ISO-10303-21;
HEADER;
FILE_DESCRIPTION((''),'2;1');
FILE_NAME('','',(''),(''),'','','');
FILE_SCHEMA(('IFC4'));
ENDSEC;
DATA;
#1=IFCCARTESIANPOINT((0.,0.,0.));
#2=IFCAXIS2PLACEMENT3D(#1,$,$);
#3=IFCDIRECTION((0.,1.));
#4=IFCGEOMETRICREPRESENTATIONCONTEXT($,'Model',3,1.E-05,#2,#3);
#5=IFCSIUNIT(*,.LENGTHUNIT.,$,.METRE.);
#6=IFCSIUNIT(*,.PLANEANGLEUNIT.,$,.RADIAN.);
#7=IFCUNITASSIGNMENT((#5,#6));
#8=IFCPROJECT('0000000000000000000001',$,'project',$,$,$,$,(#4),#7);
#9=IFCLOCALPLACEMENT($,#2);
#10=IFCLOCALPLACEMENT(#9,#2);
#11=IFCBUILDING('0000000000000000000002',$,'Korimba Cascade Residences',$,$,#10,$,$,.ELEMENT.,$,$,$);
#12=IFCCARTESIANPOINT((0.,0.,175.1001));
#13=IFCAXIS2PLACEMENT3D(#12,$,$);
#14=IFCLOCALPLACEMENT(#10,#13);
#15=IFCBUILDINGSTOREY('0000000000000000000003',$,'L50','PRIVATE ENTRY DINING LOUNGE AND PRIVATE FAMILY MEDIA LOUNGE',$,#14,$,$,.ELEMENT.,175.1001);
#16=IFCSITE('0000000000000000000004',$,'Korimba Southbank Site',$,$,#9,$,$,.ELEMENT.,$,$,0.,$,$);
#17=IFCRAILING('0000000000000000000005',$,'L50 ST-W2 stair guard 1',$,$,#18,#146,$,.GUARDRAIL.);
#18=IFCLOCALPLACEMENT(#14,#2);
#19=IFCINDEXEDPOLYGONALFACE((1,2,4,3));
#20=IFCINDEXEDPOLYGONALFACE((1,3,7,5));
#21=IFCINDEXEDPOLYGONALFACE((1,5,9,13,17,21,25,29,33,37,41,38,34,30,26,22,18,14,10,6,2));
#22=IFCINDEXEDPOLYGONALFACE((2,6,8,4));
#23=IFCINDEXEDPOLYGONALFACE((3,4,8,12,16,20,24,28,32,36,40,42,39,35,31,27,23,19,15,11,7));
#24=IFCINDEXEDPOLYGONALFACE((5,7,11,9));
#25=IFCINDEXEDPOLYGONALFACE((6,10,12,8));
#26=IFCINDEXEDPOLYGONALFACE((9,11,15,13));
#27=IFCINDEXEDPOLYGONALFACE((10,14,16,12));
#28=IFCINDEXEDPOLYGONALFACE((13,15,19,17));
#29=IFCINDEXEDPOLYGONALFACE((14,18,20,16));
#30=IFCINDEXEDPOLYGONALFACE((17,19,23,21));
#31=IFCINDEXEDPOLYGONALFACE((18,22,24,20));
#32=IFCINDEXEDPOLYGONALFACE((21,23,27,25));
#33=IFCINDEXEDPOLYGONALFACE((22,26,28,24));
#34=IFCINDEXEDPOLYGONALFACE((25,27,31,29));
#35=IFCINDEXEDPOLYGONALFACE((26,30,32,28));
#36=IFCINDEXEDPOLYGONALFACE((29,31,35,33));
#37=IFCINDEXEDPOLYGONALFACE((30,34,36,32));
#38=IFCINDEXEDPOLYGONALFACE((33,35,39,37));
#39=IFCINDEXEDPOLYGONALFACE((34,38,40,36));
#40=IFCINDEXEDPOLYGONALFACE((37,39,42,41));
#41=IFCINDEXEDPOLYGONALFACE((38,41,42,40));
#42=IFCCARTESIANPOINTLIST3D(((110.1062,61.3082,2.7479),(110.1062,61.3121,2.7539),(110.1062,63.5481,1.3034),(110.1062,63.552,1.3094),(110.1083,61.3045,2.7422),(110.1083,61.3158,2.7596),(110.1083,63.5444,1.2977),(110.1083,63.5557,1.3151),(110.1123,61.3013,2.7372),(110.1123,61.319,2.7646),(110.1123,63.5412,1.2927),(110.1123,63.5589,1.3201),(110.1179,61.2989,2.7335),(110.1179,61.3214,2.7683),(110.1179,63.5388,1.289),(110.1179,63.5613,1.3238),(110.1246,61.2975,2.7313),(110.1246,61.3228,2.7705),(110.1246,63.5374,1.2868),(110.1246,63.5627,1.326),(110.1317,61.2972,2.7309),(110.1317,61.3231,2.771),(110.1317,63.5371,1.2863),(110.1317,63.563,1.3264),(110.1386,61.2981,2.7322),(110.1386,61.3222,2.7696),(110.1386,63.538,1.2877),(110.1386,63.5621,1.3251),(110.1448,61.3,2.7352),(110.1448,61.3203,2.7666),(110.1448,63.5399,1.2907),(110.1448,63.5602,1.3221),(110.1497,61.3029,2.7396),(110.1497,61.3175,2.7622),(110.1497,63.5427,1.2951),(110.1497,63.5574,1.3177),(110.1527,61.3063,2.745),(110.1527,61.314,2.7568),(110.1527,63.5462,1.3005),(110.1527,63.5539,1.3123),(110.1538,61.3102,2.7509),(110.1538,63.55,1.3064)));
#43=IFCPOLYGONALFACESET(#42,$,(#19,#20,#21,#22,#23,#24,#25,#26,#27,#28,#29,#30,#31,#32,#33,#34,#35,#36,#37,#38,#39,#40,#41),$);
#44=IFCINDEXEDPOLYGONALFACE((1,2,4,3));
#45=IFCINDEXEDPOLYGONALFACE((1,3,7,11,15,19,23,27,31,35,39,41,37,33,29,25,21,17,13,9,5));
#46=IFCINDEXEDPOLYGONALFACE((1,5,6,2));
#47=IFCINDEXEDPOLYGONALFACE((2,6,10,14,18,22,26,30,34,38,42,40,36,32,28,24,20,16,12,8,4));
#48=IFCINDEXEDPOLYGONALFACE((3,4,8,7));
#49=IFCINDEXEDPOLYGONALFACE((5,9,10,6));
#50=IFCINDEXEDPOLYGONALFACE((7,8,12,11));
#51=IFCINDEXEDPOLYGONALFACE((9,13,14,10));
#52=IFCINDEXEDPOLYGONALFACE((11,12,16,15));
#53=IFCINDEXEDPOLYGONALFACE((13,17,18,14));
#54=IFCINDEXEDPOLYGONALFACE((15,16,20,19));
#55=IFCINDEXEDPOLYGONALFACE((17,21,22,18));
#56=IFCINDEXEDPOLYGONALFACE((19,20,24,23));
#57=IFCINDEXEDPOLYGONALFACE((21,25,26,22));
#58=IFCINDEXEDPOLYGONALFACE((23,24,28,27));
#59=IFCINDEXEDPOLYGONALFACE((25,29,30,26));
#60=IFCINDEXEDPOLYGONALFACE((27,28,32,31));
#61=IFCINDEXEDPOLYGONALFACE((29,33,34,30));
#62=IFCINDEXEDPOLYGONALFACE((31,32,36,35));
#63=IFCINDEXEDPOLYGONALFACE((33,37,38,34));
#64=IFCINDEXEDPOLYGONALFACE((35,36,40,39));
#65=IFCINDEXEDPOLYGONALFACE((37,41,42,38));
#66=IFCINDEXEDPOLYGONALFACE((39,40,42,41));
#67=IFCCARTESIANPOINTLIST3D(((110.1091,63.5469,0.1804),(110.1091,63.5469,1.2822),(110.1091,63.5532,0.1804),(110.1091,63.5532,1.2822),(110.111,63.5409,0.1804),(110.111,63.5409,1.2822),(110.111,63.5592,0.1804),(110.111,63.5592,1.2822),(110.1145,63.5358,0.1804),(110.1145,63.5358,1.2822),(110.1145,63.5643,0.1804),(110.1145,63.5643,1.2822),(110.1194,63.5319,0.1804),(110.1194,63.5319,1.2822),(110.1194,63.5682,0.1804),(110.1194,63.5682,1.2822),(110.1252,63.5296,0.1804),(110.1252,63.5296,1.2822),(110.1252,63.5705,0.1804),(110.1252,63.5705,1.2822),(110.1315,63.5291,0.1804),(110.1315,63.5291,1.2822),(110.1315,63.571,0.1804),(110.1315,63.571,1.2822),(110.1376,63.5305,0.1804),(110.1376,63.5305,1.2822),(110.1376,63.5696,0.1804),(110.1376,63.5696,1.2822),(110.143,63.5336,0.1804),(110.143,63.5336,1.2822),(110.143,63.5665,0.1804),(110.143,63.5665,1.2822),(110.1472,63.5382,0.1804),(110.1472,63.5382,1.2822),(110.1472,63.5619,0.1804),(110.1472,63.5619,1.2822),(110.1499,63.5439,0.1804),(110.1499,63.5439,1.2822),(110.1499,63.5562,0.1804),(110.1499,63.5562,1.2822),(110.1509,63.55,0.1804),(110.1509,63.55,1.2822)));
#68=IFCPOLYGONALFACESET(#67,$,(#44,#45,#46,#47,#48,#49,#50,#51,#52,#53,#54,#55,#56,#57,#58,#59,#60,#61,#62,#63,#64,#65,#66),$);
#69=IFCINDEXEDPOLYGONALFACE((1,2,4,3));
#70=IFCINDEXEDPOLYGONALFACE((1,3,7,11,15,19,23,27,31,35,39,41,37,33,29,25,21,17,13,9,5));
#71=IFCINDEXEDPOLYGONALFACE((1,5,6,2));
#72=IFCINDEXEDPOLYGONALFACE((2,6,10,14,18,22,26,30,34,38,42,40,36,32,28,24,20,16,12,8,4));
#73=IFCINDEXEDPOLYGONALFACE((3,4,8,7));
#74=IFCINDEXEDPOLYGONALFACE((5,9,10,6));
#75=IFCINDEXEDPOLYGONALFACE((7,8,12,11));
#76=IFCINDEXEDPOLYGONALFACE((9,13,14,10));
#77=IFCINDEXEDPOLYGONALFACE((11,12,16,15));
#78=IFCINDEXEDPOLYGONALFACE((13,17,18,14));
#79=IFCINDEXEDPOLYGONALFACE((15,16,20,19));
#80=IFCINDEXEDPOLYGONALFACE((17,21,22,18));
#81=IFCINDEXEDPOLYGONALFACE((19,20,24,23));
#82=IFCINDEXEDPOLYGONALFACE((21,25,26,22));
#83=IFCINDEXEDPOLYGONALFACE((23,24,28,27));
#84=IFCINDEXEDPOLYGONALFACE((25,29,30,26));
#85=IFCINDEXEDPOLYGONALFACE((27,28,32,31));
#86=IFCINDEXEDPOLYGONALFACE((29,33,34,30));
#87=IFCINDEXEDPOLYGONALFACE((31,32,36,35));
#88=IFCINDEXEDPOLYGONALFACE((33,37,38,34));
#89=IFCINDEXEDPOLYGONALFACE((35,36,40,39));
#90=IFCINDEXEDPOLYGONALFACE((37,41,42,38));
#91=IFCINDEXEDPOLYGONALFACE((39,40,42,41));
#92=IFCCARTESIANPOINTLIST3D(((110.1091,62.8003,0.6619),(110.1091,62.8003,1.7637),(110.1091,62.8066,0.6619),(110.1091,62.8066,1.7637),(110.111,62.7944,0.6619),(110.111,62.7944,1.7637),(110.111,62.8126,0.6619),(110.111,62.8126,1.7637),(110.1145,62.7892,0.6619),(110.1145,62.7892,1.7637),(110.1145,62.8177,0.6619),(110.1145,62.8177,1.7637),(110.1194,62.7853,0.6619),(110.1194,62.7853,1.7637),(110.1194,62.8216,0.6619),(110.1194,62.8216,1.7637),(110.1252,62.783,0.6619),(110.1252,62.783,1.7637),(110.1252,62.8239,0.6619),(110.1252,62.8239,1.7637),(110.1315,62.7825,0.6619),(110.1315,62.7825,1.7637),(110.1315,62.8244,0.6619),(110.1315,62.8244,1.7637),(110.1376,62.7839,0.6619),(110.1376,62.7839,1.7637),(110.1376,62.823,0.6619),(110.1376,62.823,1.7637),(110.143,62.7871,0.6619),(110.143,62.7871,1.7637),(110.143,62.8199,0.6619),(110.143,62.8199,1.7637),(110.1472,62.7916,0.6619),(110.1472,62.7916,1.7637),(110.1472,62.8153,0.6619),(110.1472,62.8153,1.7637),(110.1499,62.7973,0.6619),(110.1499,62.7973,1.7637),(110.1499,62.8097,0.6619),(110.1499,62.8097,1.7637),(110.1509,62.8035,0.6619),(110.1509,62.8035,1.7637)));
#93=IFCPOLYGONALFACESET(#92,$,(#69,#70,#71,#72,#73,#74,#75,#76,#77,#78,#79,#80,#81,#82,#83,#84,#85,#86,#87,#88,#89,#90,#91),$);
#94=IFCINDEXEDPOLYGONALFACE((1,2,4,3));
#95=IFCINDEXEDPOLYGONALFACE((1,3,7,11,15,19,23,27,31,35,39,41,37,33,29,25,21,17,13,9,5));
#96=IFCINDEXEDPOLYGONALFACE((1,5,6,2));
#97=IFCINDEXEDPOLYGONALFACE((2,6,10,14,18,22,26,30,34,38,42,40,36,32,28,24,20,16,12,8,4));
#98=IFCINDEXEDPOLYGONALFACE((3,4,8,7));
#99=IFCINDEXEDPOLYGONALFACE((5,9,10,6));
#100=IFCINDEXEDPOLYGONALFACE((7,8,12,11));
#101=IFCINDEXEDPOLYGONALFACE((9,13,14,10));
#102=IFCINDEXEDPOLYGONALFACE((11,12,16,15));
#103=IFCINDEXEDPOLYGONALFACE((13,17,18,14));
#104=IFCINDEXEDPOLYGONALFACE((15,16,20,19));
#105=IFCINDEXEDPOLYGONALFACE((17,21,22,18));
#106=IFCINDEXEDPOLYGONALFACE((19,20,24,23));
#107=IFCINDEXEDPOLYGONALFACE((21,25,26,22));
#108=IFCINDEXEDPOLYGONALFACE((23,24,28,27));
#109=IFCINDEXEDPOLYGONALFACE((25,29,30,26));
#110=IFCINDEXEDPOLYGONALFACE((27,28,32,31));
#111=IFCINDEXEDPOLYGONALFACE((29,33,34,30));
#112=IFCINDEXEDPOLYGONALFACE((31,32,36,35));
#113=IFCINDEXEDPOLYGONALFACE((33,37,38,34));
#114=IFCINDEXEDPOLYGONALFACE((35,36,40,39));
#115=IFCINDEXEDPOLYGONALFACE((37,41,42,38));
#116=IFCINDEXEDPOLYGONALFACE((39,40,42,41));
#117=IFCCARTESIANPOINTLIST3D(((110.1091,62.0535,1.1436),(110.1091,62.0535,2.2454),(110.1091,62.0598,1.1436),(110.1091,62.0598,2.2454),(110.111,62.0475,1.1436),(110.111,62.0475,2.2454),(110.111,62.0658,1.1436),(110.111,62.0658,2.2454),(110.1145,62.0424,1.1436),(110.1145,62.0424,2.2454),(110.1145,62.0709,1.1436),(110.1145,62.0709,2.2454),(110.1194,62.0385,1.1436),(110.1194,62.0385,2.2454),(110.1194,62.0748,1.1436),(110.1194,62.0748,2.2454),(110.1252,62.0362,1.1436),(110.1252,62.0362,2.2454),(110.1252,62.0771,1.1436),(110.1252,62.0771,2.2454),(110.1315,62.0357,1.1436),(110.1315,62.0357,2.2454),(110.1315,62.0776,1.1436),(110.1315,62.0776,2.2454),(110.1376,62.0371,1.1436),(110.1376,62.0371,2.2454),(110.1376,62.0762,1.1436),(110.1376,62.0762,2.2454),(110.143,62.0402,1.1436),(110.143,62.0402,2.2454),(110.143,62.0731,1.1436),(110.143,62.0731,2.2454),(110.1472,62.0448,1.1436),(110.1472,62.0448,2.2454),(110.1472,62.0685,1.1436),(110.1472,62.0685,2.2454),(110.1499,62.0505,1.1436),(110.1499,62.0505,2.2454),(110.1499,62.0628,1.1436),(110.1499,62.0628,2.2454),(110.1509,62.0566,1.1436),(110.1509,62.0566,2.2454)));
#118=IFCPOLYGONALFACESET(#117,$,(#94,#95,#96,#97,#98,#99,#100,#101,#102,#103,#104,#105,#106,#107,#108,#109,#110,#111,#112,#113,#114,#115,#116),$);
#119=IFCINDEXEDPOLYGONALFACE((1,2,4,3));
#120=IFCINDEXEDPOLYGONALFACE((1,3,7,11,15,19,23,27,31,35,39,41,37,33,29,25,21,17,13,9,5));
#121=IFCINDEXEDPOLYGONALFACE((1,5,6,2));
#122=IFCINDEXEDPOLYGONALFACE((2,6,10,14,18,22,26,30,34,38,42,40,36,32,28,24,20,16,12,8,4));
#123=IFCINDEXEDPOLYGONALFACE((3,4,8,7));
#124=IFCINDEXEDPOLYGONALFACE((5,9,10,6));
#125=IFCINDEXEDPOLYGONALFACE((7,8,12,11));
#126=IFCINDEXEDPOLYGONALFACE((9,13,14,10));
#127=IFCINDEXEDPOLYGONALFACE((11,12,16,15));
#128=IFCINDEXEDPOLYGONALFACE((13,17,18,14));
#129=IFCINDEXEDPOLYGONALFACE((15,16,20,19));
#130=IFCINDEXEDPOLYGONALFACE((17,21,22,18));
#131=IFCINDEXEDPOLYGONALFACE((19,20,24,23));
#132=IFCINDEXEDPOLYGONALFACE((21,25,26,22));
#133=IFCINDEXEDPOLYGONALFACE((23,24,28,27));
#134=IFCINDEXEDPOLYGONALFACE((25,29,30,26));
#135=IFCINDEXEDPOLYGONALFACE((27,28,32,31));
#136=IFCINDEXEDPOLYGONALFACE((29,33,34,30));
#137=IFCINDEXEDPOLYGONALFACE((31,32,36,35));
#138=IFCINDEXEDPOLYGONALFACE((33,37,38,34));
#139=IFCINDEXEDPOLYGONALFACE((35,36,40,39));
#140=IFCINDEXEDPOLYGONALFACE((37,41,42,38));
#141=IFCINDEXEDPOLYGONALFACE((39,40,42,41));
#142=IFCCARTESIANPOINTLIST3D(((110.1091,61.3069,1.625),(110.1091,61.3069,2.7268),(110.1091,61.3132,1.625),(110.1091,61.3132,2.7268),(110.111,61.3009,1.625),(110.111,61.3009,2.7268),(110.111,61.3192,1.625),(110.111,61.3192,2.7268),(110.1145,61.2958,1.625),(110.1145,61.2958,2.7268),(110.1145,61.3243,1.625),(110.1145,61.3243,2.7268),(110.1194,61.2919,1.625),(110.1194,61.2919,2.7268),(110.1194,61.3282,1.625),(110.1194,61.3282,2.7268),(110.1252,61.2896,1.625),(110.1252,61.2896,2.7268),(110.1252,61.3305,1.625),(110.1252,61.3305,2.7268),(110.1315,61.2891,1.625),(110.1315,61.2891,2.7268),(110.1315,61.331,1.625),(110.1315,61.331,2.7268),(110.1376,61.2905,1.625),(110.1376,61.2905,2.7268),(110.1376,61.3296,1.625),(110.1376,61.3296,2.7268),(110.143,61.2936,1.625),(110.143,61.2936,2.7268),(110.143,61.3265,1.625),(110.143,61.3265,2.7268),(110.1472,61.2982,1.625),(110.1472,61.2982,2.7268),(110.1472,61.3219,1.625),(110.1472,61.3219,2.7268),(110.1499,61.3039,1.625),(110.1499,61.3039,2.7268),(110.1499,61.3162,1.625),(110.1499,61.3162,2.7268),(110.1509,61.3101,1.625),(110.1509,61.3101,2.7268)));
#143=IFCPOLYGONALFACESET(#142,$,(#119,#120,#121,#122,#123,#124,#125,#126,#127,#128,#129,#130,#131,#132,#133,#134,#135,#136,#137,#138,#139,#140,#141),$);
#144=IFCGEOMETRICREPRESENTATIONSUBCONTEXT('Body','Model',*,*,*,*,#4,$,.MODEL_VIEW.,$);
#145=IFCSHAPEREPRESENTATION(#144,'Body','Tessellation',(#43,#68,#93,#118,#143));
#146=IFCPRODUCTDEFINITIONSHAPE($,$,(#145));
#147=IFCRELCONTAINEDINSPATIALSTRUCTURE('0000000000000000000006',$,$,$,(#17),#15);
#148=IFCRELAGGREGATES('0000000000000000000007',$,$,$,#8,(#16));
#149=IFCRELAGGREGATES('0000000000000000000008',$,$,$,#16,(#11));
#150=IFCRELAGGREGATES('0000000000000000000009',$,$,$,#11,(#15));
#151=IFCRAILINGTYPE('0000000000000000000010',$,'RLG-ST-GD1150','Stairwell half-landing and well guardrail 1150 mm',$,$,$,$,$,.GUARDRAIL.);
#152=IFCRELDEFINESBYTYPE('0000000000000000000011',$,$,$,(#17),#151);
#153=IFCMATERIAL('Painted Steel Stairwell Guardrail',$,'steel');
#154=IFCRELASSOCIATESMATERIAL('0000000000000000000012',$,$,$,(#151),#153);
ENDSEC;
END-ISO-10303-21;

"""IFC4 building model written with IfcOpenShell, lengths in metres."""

from ifc_helpers import new_model, si_unit, direction, frame, origin, origin_2d, place, context, subcontext, project, spatial, circle, extrude, material, type_object, element, save


model = new_model("IFC4")

# Units and contexts
model_context = context("Model", 3, precision=1e-05, world=origin(), true_north=direction((0.0, 1.0)))
body_context = subcontext(model_context, "Body", "Model", "MODEL_VIEW")
ifc_project = project(units=[si_unit("LENGTHUNIT", "METRE"), si_unit("PLANEANGLEUNIT", "RADIAN")], contexts=[model_context])

# Site, building, storey
site_placement = place(None, origin())
site = spatial("IfcSite", under=ifc_project, at=site_placement, Name="Korimba Southbank Site", CompositionType="ELEMENT", RefElevation=0.0)
building_placement = place(site_placement, origin())
building = spatial("IfcBuilding", under=site, at=building_placement, Name="Korimba Cascade Residences", CompositionType="ELEMENT")
storey_placement = place(building_placement, frame((0.0, 0.0, 175.1001)))
storey = spatial("IfcBuildingStorey", under=building, at=storey_placement, Name="L50", Description="PRIVATE ENTRY DINING LOUNGE AND PRIVATE FAMILY MEDIA LOUNGE", CompositionType="ELEMENT", Elevation=175.1001)

# Railing
ifc_material_1 = material(Name="Painted Steel Stairwell Guardrail", Category="steel")
railing_type_1 = type_object("IfcRailingType", Name="RLG-ST-GD1150", Description="Stairwell half-landing and well guardrail 1150 mm", PredefinedType="GUARDRAIL", material=ifc_material_1)
railing_1_placement = place(storey_placement, frame((110.1299, 63.55, 0.1804)))
element("IfcRailing", 1, at=railing_1_placement, inside=storey, type_object=railing_type_1, Name="L50 ST-W2 stair guard 1", PredefinedType="GUARDRAIL", context=body_context, shape_type="SweptSolid", body=[
    extrude(circle(Radius=0.0239, at=origin_2d()), frame((0.0, 0.0, 1.126), z_axis=(0.0, -0.840395, 0.541975), x_axis=(1.0, 0.0, 0.0)), (0.0, 0.0, 1.0), 2.6653),
    extrude(circle(Radius=0.021, at=origin_2d()), origin(), (0.0, 0.0, 1.0), 1.1018),
    extrude(circle(Radius=0.021, at=origin_2d()), frame((0.0, -0.7466, 0.4814)), (0.0, 0.0, 1.0), 1.1018),
    extrude(circle(Radius=0.021, at=origin_2d()), frame((0.0, -1.4934, 0.9631)), (0.0, 0.0, 1.0), 1.1018),
    extrude(circle(Radius=0.021, at=origin_2d()), frame((0.0, -2.24, 1.4446)), (0.0, 0.0, 1.0), 1.1018),
])

save(model, "model.ifc")
